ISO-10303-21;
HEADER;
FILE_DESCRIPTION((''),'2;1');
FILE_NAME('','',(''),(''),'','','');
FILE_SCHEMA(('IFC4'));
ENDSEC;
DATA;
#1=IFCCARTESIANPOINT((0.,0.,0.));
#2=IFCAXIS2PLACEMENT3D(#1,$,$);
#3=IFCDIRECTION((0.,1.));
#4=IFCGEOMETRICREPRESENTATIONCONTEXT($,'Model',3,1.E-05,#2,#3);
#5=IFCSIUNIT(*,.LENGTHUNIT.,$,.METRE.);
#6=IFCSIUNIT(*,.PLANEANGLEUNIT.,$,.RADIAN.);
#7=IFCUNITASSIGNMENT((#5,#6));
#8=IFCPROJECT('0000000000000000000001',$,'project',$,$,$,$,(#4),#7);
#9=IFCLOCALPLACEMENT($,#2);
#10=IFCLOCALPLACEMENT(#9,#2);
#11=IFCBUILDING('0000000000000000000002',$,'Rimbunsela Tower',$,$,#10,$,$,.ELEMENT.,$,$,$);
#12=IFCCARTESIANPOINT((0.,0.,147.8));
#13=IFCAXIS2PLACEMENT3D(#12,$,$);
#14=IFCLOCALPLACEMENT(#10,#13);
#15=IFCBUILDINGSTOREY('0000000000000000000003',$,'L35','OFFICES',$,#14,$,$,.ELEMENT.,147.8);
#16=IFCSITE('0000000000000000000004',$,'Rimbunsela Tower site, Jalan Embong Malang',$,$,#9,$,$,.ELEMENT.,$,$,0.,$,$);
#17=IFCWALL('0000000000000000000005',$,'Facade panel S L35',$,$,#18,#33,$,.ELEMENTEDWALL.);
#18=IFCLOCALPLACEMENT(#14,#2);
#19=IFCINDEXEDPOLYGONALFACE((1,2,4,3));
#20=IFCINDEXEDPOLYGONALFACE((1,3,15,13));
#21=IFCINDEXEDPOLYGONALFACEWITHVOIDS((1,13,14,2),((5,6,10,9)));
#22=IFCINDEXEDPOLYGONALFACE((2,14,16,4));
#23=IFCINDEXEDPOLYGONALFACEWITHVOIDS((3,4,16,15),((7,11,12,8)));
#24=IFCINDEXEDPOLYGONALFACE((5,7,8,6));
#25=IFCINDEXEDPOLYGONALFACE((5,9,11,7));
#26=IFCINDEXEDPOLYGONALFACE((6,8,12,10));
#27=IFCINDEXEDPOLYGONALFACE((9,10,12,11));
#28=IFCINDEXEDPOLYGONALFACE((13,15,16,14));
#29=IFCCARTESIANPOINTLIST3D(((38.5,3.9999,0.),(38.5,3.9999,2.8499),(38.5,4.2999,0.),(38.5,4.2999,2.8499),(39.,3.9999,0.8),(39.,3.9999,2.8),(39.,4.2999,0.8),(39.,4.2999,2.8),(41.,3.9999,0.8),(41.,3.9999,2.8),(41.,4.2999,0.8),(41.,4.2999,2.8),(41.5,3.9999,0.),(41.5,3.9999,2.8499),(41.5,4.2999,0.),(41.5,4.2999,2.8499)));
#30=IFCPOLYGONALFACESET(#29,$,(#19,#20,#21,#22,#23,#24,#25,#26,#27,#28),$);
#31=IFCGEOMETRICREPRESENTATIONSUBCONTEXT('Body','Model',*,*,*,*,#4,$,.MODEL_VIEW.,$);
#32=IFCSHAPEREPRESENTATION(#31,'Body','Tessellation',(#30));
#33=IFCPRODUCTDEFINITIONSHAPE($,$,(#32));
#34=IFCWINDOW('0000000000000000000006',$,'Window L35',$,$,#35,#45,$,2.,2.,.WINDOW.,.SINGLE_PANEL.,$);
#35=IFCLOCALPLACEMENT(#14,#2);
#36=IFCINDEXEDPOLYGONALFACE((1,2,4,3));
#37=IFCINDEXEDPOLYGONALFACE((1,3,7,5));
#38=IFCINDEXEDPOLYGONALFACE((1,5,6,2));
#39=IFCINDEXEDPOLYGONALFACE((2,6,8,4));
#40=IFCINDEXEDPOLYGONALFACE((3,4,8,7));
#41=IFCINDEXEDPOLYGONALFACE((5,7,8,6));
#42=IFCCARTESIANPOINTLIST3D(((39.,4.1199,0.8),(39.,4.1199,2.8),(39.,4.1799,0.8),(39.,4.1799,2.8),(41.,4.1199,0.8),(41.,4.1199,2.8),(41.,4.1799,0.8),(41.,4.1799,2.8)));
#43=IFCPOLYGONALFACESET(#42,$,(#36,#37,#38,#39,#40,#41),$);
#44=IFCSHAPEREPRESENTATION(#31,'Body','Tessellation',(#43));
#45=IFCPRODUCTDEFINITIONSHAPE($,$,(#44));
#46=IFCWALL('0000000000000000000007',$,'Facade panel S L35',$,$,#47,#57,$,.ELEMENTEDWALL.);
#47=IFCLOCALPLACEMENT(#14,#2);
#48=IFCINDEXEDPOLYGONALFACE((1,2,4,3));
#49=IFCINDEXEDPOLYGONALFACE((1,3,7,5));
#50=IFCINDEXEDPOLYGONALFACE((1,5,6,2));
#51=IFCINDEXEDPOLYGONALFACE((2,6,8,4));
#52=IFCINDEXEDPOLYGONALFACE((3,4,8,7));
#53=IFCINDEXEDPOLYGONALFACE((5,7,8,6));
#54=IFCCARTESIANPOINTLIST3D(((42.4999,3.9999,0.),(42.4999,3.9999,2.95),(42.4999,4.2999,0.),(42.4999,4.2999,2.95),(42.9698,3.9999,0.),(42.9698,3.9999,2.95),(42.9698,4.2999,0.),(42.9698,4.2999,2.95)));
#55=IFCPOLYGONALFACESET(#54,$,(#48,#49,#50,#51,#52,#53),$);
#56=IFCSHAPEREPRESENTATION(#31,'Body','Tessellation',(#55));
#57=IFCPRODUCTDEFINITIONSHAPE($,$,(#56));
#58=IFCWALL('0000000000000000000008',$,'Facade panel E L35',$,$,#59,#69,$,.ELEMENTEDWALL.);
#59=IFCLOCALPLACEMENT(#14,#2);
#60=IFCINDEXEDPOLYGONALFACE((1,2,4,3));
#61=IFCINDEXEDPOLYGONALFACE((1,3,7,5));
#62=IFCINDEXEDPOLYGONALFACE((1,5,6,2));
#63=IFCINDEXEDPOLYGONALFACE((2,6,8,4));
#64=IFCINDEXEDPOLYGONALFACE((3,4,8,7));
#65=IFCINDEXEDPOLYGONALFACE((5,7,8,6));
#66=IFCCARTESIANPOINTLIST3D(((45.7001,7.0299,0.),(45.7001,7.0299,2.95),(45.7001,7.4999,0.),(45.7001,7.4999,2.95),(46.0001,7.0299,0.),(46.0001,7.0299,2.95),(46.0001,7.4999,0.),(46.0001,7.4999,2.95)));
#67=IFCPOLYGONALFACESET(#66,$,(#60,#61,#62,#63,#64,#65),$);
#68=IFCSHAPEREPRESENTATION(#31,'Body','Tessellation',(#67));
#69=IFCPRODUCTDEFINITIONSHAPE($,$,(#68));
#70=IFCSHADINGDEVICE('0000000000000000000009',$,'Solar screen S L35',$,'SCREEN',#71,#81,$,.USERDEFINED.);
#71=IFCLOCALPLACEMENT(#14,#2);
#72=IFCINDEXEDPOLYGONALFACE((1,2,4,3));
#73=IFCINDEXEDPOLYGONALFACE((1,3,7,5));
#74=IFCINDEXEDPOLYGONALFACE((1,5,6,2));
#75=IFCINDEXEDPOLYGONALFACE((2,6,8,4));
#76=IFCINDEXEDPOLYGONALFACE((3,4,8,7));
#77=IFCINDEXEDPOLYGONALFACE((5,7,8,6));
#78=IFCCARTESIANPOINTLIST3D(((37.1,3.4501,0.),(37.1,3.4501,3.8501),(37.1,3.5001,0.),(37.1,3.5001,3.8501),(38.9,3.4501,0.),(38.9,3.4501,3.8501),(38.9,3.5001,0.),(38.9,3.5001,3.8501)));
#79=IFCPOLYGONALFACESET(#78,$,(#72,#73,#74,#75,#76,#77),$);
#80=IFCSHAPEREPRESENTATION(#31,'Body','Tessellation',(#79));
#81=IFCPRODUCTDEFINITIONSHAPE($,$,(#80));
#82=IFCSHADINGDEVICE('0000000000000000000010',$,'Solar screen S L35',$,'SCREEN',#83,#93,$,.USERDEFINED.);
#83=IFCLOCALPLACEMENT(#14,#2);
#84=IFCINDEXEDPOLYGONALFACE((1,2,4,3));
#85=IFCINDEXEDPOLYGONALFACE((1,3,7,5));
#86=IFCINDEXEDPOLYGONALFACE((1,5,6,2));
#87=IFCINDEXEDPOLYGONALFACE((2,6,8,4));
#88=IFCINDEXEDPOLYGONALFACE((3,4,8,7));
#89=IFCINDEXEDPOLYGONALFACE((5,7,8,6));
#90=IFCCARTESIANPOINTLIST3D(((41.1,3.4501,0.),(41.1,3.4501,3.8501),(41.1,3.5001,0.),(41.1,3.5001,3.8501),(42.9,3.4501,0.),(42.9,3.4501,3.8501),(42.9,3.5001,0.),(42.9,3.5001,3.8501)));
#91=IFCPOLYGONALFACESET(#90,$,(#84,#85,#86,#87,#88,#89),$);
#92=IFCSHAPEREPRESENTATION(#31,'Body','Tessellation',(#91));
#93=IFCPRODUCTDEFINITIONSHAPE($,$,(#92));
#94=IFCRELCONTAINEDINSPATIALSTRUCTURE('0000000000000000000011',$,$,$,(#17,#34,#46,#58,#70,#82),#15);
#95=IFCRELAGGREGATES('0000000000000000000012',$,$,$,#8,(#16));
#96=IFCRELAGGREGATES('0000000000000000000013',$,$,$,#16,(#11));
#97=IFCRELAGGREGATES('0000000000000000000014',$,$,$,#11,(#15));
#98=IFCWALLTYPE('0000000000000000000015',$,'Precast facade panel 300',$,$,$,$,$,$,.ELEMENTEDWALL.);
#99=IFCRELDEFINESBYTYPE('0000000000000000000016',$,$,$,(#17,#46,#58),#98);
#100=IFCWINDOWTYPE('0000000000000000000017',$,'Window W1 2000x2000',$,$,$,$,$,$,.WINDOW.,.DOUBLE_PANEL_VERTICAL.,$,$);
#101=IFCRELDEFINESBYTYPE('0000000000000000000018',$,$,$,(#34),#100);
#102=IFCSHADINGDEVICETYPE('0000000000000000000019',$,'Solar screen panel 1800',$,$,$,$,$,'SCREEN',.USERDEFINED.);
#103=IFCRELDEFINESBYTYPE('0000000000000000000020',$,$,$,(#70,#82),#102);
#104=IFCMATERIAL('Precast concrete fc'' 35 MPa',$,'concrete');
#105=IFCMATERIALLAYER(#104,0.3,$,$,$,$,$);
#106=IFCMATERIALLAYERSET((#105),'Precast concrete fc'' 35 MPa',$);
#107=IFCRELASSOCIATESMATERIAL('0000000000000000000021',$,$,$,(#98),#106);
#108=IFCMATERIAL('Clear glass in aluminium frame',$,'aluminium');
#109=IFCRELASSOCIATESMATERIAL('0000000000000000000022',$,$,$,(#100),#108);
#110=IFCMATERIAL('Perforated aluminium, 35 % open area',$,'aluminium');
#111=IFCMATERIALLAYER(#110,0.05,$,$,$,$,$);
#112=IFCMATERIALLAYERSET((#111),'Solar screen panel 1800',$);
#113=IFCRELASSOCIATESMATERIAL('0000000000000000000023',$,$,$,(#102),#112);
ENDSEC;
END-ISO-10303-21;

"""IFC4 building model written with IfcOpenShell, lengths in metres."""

from ifc_helpers import new_model, si_unit, direction, frame, frame_2d, origin, origin_2d, place, context, subcontext, project, spatial, rectangle, extrude, material, layer, layer_set, type_object, element, fill, save


model = new_model("IFC4")

# Units and contexts
model_context = context("Model", 3, precision=1e-05, world=origin(), true_north=direction((0.0, 1.0)))
body_context = subcontext(model_context, "Body", "Model", "MODEL_VIEW")
ifc_project = project(units=[si_unit("LENGTHUNIT", "METRE"), si_unit("PLANEANGLEUNIT", "RADIAN")], contexts=[model_context])

# Site, building, storey
site_placement = place(None, origin())
site = spatial("IfcSite", under=ifc_project, at=site_placement, Name="Rimbunsela Tower site, Jalan Embong Malang", CompositionType="ELEMENT", RefElevation=0.0)
building_placement = place(site_placement, origin())
building = spatial("IfcBuilding", under=site, at=building_placement, Name="Rimbunsela Tower", CompositionType="ELEMENT")
storey_placement = place(building_placement, frame((0.0, 0.0, 147.8)))
storey = spatial("IfcBuildingStorey", under=building, at=storey_placement, Name="L35", Description="OFFICES", CompositionType="ELEMENT", Elevation=147.8)

# Wall, opening, window
ifc_material_1 = material(Name="Precast concrete fc' 35 MPa", Category="concrete")
ifc_layer_1 = layer(ifc_material_1, 0.3)
ifc_layer_set_1 = layer_set([ifc_layer_1], Name="Precast concrete fc' 35 MPa")
wall_type = type_object("IfcWallType", Name="Precast facade panel 300", PredefinedType="ELEMENTEDWALL", material=ifc_layer_set_1)
wall_placement = place(storey_placement, frame((38.5, 4.1499, 0.0), z_axis=(0.0, 0.0, 1.0), x_axis=(1.0, 0.0, 0.0)))
wall = element("IfcWall", 1, at=wall_placement, inside=storey, type_object=wall_type, Name="Facade panel S L35", PredefinedType="ELEMENTEDWALL", context=body_context, shape_type="SweptSolid", body=[
    extrude(rectangle(XDim=3.0, YDim=0.3, at=frame_2d((1.5, 0.0))), origin(), (0.0, 0.0, 1.0), 2.8499),
])
opening_placement = place(wall_placement, frame((0.5, 0.0, 0.8)))
opening = element("IfcOpeningElement", 2, at=opening_placement, cuts=wall, PredefinedType="OPENING", context=body_context, shape_type="SweptSolid", body=[
    extrude(rectangle(XDim=2.0, YDim=2.0, at=frame_2d((1.0, 1.0))), frame((0.0, 0.1599, 0.0), z_axis=(0.0, -1.0, 0.0), x_axis=(1.0, 0.0, 0.0)), (0.0, 0.0, 1.0), 0.3201),
])
ifc_material_2 = material(Name="Clear glass in aluminium frame", Category="aluminium")
window_type = type_object("IfcWindowType", Name="Window W1 2000x2000", PartitioningType="DOUBLE_PANEL_VERTICAL", PredefinedType="WINDOW", material=ifc_material_2)
window_placement = place(opening_placement, origin())
window = element("IfcWindow", 3, at=window_placement, inside=storey, type_object=window_type, Name="Window L35", OverallHeight=2.0, OverallWidth=2.0, PartitioningType="SINGLE_PANEL", PredefinedType="WINDOW", context=body_context, shape_type="SweptSolid", body=[
    extrude(rectangle(XDim=2.0, YDim=2.0, at=frame_2d((1.0, 1.0))), frame((0.0, 0.03, 0.0), z_axis=(0.0, -1.0, 0.0), x_axis=(1.0, 0.0, 0.0)), (0.0, 0.0, 1.0), 0.0601),
])
fill(opening, window)

# Walls
for number, where, z_axis, x_axis, name in (
    (4, (42.5, 4.1499, 0.0), (0.0, 0.0, 1.0), (1.0, 0.0, 0.0), "Facade panel S L35"),
    (5, (45.8501, 7.03, 0.0), (0.0, 0.0, 1.0), (0.0, 1.0, 0.0), "Facade panel E L35"),
):
    element("IfcWall", number, at=place(storey_placement, frame(where, z_axis=z_axis, x_axis=x_axis)), inside=storey, type_object=wall_type, Name=name, PredefinedType="ELEMENTEDWALL", context=body_context, shape_type="SweptSolid", body=[
        extrude(rectangle(XDim=0.47, YDim=0.3, at=frame_2d((0.2349, 0.0))), origin(), (0.0, 0.0, 1.0), 2.95),
    ])

# Shading devices
ifc_material_3 = material(Name="Perforated aluminium, 35 % open area", Category="aluminium")
ifc_layer_2 = layer(ifc_material_3, 0.05)
ifc_layer_set_2 = layer_set([ifc_layer_2], Name="Solar screen panel 1800")
shading_device_type = type_object("IfcShadingDeviceType", Name="Solar screen panel 1800", ElementType="SCREEN", PredefinedType="USERDEFINED", material=ifc_layer_set_2)
for number, where, z_axis, x_axis, name in (
    (6, (38.0, 3.4751, 0.0), (0.0, 0.0, 1.0), (1.0, 0.0, 0.0), "Solar screen S L35"),
    (7, (42.0, 3.4751, 0.0), (0.0, 0.0, 1.0), (1.0, 0.0, 0.0), "Solar screen S L35"),
):
    element("IfcShadingDevice", number, at=place(storey_placement, frame(where, z_axis=z_axis, x_axis=x_axis)), inside=storey, type_object=shading_device_type, Name=name, ObjectType="SCREEN", PredefinedType="USERDEFINED", context=body_context, shape_type="SweptSolid", body=[
        extrude(rectangle(XDim=1.8, YDim=0.05, at=origin_2d()), origin(), (0.0, 0.0, 1.0), 3.8501),
    ])

save(model, "model.ifc")
